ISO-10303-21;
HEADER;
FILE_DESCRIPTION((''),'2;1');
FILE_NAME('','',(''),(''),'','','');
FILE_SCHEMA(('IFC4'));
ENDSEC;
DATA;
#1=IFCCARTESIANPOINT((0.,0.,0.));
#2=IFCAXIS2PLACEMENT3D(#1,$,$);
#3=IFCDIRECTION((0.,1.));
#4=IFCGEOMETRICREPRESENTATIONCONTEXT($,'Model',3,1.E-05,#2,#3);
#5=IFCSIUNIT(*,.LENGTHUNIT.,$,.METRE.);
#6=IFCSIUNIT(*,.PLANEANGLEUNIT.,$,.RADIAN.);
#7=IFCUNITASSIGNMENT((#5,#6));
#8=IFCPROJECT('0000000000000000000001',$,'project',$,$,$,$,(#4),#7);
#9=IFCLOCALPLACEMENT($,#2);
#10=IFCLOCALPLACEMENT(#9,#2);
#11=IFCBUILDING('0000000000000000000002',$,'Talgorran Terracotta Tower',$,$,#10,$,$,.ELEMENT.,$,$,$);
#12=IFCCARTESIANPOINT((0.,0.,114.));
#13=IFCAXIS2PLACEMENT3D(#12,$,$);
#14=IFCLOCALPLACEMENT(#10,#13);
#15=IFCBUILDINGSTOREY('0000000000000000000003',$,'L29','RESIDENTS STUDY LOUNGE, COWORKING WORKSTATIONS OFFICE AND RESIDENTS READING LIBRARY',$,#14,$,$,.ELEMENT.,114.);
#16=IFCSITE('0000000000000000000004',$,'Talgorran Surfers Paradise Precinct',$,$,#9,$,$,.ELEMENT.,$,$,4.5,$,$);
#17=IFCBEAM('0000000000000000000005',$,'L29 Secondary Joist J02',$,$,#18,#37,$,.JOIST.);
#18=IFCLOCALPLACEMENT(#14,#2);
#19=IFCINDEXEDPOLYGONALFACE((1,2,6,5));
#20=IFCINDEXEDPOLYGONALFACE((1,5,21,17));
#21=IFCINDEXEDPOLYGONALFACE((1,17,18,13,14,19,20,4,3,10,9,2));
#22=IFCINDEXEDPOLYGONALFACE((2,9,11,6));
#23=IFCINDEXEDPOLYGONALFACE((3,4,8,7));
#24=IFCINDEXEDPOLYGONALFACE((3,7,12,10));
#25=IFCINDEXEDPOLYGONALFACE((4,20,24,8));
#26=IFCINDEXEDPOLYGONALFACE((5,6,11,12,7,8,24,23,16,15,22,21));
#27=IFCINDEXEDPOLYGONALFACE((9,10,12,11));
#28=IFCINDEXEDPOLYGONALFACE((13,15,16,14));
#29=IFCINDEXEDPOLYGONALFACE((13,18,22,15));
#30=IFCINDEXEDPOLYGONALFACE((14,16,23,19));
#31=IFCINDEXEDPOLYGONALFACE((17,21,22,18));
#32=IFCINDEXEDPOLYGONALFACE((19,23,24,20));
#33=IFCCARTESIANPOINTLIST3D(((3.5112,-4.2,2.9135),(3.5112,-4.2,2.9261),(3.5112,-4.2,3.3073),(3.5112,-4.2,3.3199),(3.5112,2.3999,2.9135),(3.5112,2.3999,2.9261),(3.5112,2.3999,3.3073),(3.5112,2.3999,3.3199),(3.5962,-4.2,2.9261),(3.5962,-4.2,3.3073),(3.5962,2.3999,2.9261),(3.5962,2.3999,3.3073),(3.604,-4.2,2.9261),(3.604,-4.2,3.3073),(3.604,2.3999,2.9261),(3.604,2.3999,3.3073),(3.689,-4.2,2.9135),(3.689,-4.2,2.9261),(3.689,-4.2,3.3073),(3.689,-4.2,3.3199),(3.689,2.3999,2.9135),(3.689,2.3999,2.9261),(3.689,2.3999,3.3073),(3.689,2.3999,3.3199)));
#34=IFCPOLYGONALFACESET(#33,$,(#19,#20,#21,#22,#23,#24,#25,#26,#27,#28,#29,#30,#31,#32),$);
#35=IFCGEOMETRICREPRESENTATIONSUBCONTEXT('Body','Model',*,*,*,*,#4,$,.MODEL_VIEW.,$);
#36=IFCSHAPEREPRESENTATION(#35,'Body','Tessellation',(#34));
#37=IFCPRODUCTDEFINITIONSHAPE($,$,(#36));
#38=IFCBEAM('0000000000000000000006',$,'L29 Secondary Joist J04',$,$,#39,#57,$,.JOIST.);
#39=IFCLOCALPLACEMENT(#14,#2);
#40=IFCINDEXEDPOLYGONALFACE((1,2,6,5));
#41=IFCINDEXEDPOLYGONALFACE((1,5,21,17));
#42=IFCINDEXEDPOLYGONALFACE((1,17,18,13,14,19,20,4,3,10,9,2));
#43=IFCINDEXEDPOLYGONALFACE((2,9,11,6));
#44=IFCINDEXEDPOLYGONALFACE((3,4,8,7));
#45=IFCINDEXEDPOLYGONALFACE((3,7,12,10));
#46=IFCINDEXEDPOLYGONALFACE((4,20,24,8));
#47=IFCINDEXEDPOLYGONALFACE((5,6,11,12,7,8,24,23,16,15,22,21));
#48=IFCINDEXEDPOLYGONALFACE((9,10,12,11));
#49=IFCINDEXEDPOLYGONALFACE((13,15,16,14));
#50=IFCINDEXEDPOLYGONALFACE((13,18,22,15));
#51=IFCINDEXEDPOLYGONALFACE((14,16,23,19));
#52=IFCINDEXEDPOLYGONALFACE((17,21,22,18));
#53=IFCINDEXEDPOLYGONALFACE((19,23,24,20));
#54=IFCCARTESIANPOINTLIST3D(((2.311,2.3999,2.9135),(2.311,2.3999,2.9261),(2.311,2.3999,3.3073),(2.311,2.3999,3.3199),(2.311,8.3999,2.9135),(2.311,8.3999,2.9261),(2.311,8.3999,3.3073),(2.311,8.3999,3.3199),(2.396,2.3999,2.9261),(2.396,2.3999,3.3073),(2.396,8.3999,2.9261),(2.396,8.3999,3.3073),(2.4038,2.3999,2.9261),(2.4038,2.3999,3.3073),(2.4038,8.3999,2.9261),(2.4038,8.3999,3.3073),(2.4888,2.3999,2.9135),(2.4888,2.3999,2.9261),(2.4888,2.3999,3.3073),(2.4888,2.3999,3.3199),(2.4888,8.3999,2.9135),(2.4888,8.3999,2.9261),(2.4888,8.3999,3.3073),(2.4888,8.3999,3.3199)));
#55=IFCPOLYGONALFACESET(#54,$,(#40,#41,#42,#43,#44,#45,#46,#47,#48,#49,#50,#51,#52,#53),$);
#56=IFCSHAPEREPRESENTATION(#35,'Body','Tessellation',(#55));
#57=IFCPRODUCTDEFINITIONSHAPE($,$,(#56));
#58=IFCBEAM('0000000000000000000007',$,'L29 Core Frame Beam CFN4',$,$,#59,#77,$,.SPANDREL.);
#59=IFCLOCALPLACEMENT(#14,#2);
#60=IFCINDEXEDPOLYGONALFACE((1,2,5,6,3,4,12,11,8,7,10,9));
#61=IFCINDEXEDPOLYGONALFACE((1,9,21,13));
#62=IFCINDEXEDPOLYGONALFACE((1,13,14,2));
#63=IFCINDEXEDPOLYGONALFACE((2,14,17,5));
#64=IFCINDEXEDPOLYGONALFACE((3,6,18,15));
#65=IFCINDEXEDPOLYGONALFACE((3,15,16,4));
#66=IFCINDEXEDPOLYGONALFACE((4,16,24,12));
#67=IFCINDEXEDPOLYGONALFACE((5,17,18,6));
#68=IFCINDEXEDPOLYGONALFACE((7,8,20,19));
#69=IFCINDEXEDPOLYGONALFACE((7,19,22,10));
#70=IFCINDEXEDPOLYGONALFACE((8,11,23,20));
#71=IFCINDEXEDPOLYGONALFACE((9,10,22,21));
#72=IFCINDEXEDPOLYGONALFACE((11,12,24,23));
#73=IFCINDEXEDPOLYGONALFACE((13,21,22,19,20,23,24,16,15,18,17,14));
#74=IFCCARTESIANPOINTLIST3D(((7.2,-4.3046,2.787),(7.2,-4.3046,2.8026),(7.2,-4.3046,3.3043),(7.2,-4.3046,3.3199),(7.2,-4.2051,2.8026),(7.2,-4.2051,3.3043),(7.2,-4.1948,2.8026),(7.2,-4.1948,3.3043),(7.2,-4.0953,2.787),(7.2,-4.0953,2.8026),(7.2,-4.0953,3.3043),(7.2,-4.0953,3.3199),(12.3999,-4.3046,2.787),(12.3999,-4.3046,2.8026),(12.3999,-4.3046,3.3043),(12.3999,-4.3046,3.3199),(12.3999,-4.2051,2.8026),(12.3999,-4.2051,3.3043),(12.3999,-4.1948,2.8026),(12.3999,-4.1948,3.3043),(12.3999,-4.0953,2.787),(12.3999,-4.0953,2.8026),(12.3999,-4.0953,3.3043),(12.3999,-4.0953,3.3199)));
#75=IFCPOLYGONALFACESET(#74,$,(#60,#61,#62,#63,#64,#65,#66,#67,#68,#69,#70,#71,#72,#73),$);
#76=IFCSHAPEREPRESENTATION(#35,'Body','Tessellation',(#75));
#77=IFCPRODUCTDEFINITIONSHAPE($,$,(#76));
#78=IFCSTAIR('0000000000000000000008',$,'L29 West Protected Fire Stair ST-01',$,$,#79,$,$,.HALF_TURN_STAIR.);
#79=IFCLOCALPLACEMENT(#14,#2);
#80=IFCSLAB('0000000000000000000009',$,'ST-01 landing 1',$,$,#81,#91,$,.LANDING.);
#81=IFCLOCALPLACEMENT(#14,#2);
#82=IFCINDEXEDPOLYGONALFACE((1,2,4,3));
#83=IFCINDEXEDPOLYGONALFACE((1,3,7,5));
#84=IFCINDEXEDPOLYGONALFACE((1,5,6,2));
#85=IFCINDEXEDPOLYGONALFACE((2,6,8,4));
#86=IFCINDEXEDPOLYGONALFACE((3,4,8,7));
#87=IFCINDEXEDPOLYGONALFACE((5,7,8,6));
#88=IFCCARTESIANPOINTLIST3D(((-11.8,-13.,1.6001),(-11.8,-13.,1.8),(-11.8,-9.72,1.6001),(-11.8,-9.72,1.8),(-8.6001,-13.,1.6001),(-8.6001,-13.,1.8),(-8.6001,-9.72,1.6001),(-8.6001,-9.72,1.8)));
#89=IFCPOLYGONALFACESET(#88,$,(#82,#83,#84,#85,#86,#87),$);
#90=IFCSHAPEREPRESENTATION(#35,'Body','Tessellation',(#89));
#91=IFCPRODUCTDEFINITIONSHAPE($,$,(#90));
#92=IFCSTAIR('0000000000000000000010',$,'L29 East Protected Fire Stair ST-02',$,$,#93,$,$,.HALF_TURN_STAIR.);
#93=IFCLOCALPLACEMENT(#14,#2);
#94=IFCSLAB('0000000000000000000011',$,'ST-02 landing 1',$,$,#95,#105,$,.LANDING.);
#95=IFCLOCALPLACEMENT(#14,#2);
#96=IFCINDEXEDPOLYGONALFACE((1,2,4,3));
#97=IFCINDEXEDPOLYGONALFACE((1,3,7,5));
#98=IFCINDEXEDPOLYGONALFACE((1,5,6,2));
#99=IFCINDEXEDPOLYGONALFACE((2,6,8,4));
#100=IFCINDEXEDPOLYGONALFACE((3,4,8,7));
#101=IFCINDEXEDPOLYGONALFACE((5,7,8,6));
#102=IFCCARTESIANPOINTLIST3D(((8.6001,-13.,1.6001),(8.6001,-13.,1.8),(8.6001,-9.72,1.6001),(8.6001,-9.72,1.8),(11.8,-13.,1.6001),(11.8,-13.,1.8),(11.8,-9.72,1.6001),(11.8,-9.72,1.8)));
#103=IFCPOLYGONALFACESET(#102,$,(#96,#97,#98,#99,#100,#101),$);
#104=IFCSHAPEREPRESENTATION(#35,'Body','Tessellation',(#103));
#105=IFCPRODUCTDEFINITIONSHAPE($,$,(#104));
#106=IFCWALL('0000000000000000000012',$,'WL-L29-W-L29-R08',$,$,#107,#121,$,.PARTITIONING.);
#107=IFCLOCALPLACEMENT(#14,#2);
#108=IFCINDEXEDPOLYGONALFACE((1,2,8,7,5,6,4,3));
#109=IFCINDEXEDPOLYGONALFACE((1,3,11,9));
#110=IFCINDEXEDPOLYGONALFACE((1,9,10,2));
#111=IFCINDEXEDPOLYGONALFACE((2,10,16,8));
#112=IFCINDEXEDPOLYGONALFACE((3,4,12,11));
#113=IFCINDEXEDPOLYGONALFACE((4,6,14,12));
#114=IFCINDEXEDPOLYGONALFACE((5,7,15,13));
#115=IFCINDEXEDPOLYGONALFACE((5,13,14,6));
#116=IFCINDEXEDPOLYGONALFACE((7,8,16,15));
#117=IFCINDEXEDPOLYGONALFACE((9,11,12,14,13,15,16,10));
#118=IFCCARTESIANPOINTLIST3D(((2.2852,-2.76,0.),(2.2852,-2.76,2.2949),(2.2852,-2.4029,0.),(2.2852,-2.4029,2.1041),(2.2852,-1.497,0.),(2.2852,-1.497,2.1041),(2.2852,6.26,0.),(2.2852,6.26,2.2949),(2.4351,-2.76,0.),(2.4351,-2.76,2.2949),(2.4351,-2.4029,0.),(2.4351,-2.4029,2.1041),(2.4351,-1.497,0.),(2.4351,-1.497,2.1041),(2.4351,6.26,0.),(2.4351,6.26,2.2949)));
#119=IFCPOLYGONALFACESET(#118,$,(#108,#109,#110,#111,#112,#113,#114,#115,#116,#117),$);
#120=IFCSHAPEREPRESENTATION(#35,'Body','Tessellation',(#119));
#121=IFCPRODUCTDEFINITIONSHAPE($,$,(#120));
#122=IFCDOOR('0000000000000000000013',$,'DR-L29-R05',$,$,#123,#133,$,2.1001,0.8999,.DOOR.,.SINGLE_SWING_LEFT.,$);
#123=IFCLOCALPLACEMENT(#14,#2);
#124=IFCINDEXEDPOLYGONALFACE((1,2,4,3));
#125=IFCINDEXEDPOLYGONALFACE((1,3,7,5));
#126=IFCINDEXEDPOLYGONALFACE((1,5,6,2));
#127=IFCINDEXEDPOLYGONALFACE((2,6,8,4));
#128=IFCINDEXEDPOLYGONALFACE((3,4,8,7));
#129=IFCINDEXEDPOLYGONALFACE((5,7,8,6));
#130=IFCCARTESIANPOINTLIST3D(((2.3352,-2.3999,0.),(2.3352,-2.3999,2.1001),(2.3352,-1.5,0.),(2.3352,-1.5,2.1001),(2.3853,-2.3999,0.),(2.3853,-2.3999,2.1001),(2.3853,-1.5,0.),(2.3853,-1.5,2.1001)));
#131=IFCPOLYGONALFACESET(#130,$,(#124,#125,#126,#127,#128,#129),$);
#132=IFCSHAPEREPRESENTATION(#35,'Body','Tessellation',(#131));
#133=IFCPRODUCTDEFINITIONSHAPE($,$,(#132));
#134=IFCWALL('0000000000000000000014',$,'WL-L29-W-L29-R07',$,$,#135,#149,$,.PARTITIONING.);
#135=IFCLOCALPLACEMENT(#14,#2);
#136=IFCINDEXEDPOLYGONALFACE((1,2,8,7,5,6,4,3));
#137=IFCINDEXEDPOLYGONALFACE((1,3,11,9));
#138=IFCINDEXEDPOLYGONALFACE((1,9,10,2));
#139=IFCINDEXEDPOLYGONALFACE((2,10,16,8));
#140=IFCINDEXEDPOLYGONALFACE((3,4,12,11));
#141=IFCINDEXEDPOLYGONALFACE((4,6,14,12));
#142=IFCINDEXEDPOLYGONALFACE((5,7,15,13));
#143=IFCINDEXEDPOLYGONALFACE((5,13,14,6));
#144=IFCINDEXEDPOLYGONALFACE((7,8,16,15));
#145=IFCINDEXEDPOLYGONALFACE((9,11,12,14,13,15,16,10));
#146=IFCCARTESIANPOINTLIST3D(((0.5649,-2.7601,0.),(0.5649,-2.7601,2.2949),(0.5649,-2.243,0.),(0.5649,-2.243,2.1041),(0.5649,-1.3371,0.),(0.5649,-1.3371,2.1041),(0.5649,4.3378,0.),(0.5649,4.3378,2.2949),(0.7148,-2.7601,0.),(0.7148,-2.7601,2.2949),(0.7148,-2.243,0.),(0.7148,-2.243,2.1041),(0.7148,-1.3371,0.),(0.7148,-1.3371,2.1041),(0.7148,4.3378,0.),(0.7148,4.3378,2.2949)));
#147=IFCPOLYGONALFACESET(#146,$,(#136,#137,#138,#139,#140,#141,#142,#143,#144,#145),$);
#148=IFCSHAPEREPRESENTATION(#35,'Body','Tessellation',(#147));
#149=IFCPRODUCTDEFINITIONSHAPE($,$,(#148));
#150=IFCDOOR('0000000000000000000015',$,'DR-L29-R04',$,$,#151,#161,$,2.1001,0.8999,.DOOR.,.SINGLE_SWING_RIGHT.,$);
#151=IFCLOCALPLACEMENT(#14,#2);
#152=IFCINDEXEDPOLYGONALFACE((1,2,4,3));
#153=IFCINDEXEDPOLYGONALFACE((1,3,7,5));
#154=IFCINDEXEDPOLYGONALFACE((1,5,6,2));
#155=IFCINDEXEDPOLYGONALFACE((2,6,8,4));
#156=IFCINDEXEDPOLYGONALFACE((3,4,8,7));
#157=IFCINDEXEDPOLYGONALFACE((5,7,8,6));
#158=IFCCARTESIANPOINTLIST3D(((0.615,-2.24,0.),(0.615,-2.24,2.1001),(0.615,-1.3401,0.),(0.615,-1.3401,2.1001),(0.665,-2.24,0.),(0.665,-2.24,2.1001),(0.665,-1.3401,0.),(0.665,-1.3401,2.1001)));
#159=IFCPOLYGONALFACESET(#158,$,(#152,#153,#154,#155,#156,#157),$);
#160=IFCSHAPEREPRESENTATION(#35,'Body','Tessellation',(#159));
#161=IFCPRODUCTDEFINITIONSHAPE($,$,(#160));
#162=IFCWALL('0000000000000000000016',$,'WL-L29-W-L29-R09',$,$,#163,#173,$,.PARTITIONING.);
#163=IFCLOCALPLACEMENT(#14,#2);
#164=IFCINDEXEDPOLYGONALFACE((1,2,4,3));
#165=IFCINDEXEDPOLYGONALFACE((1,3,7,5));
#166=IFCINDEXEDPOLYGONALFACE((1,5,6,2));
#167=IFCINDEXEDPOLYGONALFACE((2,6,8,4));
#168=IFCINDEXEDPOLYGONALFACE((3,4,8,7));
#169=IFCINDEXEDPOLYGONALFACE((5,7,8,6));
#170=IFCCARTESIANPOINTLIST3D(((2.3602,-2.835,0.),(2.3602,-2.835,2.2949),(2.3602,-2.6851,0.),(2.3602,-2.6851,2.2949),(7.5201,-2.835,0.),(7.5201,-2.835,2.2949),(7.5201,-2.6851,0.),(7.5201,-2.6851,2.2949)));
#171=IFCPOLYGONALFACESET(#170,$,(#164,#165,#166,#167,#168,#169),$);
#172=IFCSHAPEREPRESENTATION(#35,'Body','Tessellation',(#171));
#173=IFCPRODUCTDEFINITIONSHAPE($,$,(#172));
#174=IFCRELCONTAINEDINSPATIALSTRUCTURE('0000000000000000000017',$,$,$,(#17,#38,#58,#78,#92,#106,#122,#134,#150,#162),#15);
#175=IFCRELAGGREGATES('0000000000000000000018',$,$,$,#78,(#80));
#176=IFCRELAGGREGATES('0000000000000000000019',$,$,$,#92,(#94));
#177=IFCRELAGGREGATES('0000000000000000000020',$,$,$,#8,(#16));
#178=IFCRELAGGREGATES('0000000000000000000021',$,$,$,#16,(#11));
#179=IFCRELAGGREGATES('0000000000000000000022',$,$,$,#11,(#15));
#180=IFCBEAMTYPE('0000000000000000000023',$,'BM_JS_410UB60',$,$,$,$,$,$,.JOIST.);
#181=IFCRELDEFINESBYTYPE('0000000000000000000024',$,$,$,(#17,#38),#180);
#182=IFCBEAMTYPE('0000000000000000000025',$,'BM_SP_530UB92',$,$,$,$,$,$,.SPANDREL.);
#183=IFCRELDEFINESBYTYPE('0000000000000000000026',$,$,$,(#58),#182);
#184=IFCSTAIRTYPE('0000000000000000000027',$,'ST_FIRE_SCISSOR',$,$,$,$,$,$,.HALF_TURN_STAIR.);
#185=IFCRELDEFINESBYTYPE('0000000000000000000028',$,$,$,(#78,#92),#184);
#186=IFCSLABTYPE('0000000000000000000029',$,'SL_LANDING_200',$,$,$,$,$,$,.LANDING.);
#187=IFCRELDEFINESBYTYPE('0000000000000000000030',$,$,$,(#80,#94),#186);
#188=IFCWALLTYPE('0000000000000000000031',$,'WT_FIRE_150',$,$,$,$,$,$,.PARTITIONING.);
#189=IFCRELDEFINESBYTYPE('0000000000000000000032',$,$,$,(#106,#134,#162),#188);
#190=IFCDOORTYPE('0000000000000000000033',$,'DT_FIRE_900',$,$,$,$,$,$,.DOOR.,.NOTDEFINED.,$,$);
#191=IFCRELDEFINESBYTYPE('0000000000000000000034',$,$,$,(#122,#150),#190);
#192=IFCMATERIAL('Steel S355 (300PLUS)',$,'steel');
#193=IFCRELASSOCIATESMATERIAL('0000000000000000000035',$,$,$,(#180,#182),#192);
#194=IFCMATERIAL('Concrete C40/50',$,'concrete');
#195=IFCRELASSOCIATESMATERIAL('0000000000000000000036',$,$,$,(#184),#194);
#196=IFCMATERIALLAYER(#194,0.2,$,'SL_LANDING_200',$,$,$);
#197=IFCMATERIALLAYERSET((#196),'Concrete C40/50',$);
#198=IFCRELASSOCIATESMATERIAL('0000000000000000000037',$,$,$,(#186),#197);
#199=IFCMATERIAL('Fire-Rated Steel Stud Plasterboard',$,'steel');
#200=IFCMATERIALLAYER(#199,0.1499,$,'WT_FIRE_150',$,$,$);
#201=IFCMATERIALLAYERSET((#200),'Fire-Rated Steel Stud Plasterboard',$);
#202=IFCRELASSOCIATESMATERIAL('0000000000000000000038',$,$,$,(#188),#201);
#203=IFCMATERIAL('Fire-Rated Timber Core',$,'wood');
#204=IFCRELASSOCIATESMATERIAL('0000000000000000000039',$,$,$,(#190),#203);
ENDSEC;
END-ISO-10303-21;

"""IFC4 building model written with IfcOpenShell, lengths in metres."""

from ifc_helpers import new_model, si_unit, direction, frame, frame_2d, origin, origin_2d, place, context, subcontext, project, spatial, polyline, rectangle, i_section, outline, extrude, material, layer, layer_set, material_profile, profile_set, type_object, element, fill, aggregate, save


model = new_model("IFC4")

# Units and contexts
model_context = context("Model", 3, precision=1e-05, world=origin(), true_north=direction((0.0, 1.0)))
body_context = subcontext(model_context, "Body", "Model", "MODEL_VIEW")
ifc_project = project(units=[si_unit("LENGTHUNIT", "METRE"), si_unit("PLANEANGLEUNIT", "RADIAN")], contexts=[model_context])

# Site, building, storey
site_placement = place(None, origin())
site = spatial("IfcSite", under=ifc_project, at=site_placement, Name="Talgorran Surfers Paradise Precinct", CompositionType="ELEMENT", RefElevation=4.5)
building_placement = place(site_placement, origin())
building = spatial("IfcBuilding", under=site, at=building_placement, Name="Talgorran Terracotta Tower", CompositionType="ELEMENT")
storey_placement = place(building_placement, frame((0.0, 0.0, 114.0)))
storey = spatial("IfcBuildingStorey", under=building, at=storey_placement, Name="L29", Description="RESIDENTS STUDY LOUNGE, COWORKING WORKSTATIONS OFFICE AND RESIDENTS READING LIBRARY", CompositionType="ELEMENT", Elevation=114.0)

# Shared definitions
ifc_material_1 = material(Name="Steel S355 (300PLUS)", Category="steel")

# Beams
ifc_material_profile_1 = material_profile(ifc_material_1, i_section(OverallWidth=0.1777, OverallDepth=0.4065, WebThickness=0.0078, FlangeThickness=0.0127, at=origin_2d()), Name="410UB59.7")
ifc_profile_set_1 = profile_set([ifc_material_profile_1], Name="Steel S355 (300PLUS)")
beam_type_1 = type_object("IfcBeamType", Name="BM_JS_410UB60", PredefinedType="JOIST", material=ifc_profile_set_1)
beam_1_placement = place(storey_placement, frame((3.6001, -4.2, 3.1167), z_axis=(0.0, 1.0, 0.0), x_axis=(-1.0, 0.0, 0.0)))
element("IfcBeam", 1, at=beam_1_placement, inside=storey, type_object=beam_type_1, Name="L29 Secondary Joist J02", PredefinedType="JOIST", context=body_context, shape_type="SweptSolid", body=[
    extrude(i_section(OverallWidth=0.1777, OverallDepth=0.4065, WebThickness=0.0078, FlangeThickness=0.0127, at=origin_2d()), origin(), (0.0, 0.0, 1.0), 6.5999),
])
beam_2_placement = place(storey_placement, frame((2.3999, 2.3999, 3.1167), z_axis=(0.0, 1.0, 0.0), x_axis=(-1.0, 0.0, 0.0)))
element("IfcBeam", 2, at=beam_2_placement, inside=storey, type_object=beam_type_1, Name="L29 Secondary Joist J04", PredefinedType="JOIST", context=body_context, shape_type="SweptSolid", body=[
    extrude(i_section(OverallWidth=0.1777, OverallDepth=0.4065, WebThickness=0.0078, FlangeThickness=0.0127, at=origin_2d()), origin(), (0.0, 0.0, 1.0), 6.0),
])
ifc_material_profile_2 = material_profile(ifc_material_1, i_section(OverallWidth=0.2092, OverallDepth=0.533, WebThickness=0.0103, FlangeThickness=0.0156, at=origin_2d()), Name="530UB92.4")
ifc_profile_set_2 = profile_set([ifc_material_profile_2], Name="Steel S355 (300PLUS)")
beam_type_2 = type_object("IfcBeamType", Name="BM_SP_530UB92", PredefinedType="SPANDREL", material=ifc_profile_set_2)
beam_3_placement = place(storey_placement, frame((7.2, -4.2, 3.0535), z_axis=(1.0, 0.0, 0.0), x_axis=(0.0, 1.0, 0.0)))
element("IfcBeam", 3, at=beam_3_placement, inside=storey, type_object=beam_type_2, Name="L29 Core Frame Beam CFN4", PredefinedType="SPANDREL", context=body_context, shape_type="SweptSolid", body=[
    extrude(i_section(OverallWidth=0.2092, OverallDepth=0.533, WebThickness=0.0103, FlangeThickness=0.0156, at=origin_2d()), origin(), (0.0, 0.0, 1.0), 5.2),
])

# Stairs, slabs
ifc_material_2 = material(Name="Concrete C40/50", Category="concrete")
stair_type = type_object("IfcStairType", Name="ST_FIRE_SCISSOR", PredefinedType="HALF_TURN_STAIR", material=ifc_material_2)
stair_1_placement = place(storey_placement, origin())
stair_1 = element("IfcStair", 4, at=stair_1_placement, inside=storey, type_object=stair_type, Name="L29 West Protected Fire Stair ST-01", PredefinedType="HALF_TURN_STAIR")
ifc_layer_1 = layer(ifc_material_2, 0.2, Name="SL_LANDING_200")
ifc_layer_set_1 = layer_set([ifc_layer_1], Name="Concrete C40/50")
slab_type = type_object("IfcSlabType", Name="SL_LANDING_200", PredefinedType="LANDING", material=ifc_layer_set_1)
slab_1_placement = place(storey_placement, frame((0.0, 0.0, 1.6001)))
slab_1 = element("IfcSlab", 5, at=slab_1_placement, type_object=slab_type, Name="ST-01 landing 1", PredefinedType="LANDING", context=body_context, shape_type="SweptSolid", body=[
    extrude(outline(polyline([(-11.8, -9.72), (-11.8, -13.0), (-8.6001, -13.0), (-8.6001, -9.72), (-11.8, -9.72)])), origin(), (0.0, 0.0, 1.0), 0.2),
])
aggregate(stair_1, [slab_1])
stair_2_placement = place(storey_placement, origin())
stair_2 = element("IfcStair", 6, at=stair_2_placement, inside=storey, type_object=stair_type, Name="L29 East Protected Fire Stair ST-02", PredefinedType="HALF_TURN_STAIR")
slab_2_placement = place(storey_placement, frame((0.0, 0.0, 1.6001)))
slab_2 = element("IfcSlab", 7, at=slab_2_placement, type_object=slab_type, Name="ST-02 landing 1", PredefinedType="LANDING", context=body_context, shape_type="SweptSolid", body=[
    extrude(outline(polyline([(8.6001, -9.72), (8.6001, -13.0), (11.8, -13.0), (11.8, -9.72), (8.6001, -9.72)])), origin(), (0.0, 0.0, 1.0), 0.2),
])
aggregate(stair_2, [slab_2])

# Walls, openings, doors
ifc_material_3 = material(Name="Fire-Rated Steel Stud Plasterboard", Category="steel")
ifc_layer_2 = layer(ifc_material_3, 0.1499, Name="WT_FIRE_150")
ifc_layer_set_2 = layer_set([ifc_layer_2], Name="Fire-Rated Steel Stud Plasterboard")
wall_type_1 = type_object("IfcWallType", Name="WT_FIRE_150", PredefinedType="PARTITIONING", material=ifc_layer_set_2)
wall_1_placement = place(storey_placement, frame((2.3601, -2.76, 0.0), z_axis=(0.0, 0.0, 1.0), x_axis=(0.0, 1.0, 0.0)))
wall_1 = element("IfcWall", 8, at=wall_1_placement, inside=storey, type_object=wall_type_1, Name="WL-L29-W-L29-R08", PredefinedType="PARTITIONING", context=body_context, shape_type="SweptSolid", body=[
    extrude(rectangle(XDim=9.02, YDim=0.1499, at=frame_2d((4.51, 0.0))), origin(), (0.0, 0.0, 1.0), 2.2949),
])
opening_1_placement = place(wall_1_placement, frame((0.3601, 0.0, 0.0)))
opening_1 = element("IfcOpeningElement", 9, at=opening_1_placement, cuts=wall_1, PredefinedType="OPENING", context=body_context, shape_type="SweptSolid", body=[
    extrude(rectangle(XDim=0.9059, YDim=2.1041, at=frame_2d((0.45, 1.052))), frame((0.0, 0.085, 0.0), z_axis=(0.0, -1.0, 0.0), x_axis=(1.0, 0.0, 0.0)), (0.0, 0.0, 1.0), 0.1699),
])
ifc_material_4 = material(Name="Fire-Rated Timber Core", Category="wood")
door_type = type_object("IfcDoorType", Name="DT_FIRE_900", OperationType="NOTDEFINED", PredefinedType="DOOR", material=ifc_material_4)
door_1_placement = place(opening_1_placement, origin())
door_1 = element("IfcDoor", 10, at=door_1_placement, inside=storey, type_object=door_type, Name="DR-L29-R05", OperationType="SINGLE_SWING_LEFT", OverallHeight=2.1001, OverallWidth=0.8999, PredefinedType="DOOR", context=body_context, shape_type="SweptSolid", body=[
    extrude(rectangle(XDim=0.8999, YDim=2.1001, at=frame_2d((0.45, 1.05))), frame((0.0, 0.0249, 0.0), z_axis=(0.0, -1.0, 0.0), x_axis=(1.0, 0.0, 0.0)), (0.0, 0.0, 1.0), 0.05),
])
fill(opening_1, door_1)
wall_2_placement = place(storey_placement, frame((0.6399, -2.76, 0.0), z_axis=(0.0, 0.0, 1.0), x_axis=(0.0, 1.0, 0.0)))
wall_2 = element("IfcWall", 11, at=wall_2_placement, inside=storey, type_object=wall_type_1, Name="WL-L29-W-L29-R07", PredefinedType="PARTITIONING", context=body_context, shape_type="SweptSolid", body=[
    extrude(rectangle(XDim=7.0979, YDim=0.1499, at=frame_2d((3.5488, 0.0))), origin(), (0.0, 0.0, 1.0), 2.2949),
])
opening_2_placement = place(wall_2_placement, frame((0.52, 0.0, 0.0)))
opening_2 = element("IfcOpeningElement", 12, at=opening_2_placement, cuts=wall_2, PredefinedType="OPENING", context=body_context, shape_type="SweptSolid", body=[
    extrude(rectangle(XDim=0.9059, YDim=2.1041, at=frame_2d((0.45, 1.052))), frame((0.0, 0.085, 0.0), z_axis=(0.0, -1.0, 0.0), x_axis=(1.0, 0.0, 0.0)), (0.0, 0.0, 1.0), 0.1699),
])
door_2_placement = place(opening_2_placement, origin())
door_2 = element("IfcDoor", 13, at=door_2_placement, inside=storey, type_object=door_type, Name="DR-L29-R04", OperationType="SINGLE_SWING_RIGHT", OverallHeight=2.1001, OverallWidth=0.8999, PredefinedType="DOOR", context=body_context, shape_type="SweptSolid", body=[
    extrude(rectangle(XDim=0.8999, YDim=2.1001, at=frame_2d((0.45, 1.05))), frame((0.0, 0.0249, 0.0), z_axis=(0.0, -1.0, 0.0), x_axis=(1.0, 0.0, 0.0)), (0.0, 0.0, 1.0), 0.05),
])
fill(opening_2, door_2)

# Wall
wall_3_placement = place(storey_placement, frame((2.3601, -2.76, 0.0), z_axis=(0.0, 0.0, 1.0), x_axis=(1.0, 0.0, 0.0)))
element("IfcWall", 14, at=wall_3_placement, inside=storey, type_object=wall_type_1, Name="WL-L29-W-L29-R09", PredefinedType="PARTITIONING", context=body_context, shape_type="SweptSolid", body=[
    extrude(rectangle(XDim=5.1599, YDim=0.1499, at=frame_2d((2.5801, 0.0))), origin(), (0.0, 0.0, 1.0), 2.2949),
])

save(model, "model.ifc")
